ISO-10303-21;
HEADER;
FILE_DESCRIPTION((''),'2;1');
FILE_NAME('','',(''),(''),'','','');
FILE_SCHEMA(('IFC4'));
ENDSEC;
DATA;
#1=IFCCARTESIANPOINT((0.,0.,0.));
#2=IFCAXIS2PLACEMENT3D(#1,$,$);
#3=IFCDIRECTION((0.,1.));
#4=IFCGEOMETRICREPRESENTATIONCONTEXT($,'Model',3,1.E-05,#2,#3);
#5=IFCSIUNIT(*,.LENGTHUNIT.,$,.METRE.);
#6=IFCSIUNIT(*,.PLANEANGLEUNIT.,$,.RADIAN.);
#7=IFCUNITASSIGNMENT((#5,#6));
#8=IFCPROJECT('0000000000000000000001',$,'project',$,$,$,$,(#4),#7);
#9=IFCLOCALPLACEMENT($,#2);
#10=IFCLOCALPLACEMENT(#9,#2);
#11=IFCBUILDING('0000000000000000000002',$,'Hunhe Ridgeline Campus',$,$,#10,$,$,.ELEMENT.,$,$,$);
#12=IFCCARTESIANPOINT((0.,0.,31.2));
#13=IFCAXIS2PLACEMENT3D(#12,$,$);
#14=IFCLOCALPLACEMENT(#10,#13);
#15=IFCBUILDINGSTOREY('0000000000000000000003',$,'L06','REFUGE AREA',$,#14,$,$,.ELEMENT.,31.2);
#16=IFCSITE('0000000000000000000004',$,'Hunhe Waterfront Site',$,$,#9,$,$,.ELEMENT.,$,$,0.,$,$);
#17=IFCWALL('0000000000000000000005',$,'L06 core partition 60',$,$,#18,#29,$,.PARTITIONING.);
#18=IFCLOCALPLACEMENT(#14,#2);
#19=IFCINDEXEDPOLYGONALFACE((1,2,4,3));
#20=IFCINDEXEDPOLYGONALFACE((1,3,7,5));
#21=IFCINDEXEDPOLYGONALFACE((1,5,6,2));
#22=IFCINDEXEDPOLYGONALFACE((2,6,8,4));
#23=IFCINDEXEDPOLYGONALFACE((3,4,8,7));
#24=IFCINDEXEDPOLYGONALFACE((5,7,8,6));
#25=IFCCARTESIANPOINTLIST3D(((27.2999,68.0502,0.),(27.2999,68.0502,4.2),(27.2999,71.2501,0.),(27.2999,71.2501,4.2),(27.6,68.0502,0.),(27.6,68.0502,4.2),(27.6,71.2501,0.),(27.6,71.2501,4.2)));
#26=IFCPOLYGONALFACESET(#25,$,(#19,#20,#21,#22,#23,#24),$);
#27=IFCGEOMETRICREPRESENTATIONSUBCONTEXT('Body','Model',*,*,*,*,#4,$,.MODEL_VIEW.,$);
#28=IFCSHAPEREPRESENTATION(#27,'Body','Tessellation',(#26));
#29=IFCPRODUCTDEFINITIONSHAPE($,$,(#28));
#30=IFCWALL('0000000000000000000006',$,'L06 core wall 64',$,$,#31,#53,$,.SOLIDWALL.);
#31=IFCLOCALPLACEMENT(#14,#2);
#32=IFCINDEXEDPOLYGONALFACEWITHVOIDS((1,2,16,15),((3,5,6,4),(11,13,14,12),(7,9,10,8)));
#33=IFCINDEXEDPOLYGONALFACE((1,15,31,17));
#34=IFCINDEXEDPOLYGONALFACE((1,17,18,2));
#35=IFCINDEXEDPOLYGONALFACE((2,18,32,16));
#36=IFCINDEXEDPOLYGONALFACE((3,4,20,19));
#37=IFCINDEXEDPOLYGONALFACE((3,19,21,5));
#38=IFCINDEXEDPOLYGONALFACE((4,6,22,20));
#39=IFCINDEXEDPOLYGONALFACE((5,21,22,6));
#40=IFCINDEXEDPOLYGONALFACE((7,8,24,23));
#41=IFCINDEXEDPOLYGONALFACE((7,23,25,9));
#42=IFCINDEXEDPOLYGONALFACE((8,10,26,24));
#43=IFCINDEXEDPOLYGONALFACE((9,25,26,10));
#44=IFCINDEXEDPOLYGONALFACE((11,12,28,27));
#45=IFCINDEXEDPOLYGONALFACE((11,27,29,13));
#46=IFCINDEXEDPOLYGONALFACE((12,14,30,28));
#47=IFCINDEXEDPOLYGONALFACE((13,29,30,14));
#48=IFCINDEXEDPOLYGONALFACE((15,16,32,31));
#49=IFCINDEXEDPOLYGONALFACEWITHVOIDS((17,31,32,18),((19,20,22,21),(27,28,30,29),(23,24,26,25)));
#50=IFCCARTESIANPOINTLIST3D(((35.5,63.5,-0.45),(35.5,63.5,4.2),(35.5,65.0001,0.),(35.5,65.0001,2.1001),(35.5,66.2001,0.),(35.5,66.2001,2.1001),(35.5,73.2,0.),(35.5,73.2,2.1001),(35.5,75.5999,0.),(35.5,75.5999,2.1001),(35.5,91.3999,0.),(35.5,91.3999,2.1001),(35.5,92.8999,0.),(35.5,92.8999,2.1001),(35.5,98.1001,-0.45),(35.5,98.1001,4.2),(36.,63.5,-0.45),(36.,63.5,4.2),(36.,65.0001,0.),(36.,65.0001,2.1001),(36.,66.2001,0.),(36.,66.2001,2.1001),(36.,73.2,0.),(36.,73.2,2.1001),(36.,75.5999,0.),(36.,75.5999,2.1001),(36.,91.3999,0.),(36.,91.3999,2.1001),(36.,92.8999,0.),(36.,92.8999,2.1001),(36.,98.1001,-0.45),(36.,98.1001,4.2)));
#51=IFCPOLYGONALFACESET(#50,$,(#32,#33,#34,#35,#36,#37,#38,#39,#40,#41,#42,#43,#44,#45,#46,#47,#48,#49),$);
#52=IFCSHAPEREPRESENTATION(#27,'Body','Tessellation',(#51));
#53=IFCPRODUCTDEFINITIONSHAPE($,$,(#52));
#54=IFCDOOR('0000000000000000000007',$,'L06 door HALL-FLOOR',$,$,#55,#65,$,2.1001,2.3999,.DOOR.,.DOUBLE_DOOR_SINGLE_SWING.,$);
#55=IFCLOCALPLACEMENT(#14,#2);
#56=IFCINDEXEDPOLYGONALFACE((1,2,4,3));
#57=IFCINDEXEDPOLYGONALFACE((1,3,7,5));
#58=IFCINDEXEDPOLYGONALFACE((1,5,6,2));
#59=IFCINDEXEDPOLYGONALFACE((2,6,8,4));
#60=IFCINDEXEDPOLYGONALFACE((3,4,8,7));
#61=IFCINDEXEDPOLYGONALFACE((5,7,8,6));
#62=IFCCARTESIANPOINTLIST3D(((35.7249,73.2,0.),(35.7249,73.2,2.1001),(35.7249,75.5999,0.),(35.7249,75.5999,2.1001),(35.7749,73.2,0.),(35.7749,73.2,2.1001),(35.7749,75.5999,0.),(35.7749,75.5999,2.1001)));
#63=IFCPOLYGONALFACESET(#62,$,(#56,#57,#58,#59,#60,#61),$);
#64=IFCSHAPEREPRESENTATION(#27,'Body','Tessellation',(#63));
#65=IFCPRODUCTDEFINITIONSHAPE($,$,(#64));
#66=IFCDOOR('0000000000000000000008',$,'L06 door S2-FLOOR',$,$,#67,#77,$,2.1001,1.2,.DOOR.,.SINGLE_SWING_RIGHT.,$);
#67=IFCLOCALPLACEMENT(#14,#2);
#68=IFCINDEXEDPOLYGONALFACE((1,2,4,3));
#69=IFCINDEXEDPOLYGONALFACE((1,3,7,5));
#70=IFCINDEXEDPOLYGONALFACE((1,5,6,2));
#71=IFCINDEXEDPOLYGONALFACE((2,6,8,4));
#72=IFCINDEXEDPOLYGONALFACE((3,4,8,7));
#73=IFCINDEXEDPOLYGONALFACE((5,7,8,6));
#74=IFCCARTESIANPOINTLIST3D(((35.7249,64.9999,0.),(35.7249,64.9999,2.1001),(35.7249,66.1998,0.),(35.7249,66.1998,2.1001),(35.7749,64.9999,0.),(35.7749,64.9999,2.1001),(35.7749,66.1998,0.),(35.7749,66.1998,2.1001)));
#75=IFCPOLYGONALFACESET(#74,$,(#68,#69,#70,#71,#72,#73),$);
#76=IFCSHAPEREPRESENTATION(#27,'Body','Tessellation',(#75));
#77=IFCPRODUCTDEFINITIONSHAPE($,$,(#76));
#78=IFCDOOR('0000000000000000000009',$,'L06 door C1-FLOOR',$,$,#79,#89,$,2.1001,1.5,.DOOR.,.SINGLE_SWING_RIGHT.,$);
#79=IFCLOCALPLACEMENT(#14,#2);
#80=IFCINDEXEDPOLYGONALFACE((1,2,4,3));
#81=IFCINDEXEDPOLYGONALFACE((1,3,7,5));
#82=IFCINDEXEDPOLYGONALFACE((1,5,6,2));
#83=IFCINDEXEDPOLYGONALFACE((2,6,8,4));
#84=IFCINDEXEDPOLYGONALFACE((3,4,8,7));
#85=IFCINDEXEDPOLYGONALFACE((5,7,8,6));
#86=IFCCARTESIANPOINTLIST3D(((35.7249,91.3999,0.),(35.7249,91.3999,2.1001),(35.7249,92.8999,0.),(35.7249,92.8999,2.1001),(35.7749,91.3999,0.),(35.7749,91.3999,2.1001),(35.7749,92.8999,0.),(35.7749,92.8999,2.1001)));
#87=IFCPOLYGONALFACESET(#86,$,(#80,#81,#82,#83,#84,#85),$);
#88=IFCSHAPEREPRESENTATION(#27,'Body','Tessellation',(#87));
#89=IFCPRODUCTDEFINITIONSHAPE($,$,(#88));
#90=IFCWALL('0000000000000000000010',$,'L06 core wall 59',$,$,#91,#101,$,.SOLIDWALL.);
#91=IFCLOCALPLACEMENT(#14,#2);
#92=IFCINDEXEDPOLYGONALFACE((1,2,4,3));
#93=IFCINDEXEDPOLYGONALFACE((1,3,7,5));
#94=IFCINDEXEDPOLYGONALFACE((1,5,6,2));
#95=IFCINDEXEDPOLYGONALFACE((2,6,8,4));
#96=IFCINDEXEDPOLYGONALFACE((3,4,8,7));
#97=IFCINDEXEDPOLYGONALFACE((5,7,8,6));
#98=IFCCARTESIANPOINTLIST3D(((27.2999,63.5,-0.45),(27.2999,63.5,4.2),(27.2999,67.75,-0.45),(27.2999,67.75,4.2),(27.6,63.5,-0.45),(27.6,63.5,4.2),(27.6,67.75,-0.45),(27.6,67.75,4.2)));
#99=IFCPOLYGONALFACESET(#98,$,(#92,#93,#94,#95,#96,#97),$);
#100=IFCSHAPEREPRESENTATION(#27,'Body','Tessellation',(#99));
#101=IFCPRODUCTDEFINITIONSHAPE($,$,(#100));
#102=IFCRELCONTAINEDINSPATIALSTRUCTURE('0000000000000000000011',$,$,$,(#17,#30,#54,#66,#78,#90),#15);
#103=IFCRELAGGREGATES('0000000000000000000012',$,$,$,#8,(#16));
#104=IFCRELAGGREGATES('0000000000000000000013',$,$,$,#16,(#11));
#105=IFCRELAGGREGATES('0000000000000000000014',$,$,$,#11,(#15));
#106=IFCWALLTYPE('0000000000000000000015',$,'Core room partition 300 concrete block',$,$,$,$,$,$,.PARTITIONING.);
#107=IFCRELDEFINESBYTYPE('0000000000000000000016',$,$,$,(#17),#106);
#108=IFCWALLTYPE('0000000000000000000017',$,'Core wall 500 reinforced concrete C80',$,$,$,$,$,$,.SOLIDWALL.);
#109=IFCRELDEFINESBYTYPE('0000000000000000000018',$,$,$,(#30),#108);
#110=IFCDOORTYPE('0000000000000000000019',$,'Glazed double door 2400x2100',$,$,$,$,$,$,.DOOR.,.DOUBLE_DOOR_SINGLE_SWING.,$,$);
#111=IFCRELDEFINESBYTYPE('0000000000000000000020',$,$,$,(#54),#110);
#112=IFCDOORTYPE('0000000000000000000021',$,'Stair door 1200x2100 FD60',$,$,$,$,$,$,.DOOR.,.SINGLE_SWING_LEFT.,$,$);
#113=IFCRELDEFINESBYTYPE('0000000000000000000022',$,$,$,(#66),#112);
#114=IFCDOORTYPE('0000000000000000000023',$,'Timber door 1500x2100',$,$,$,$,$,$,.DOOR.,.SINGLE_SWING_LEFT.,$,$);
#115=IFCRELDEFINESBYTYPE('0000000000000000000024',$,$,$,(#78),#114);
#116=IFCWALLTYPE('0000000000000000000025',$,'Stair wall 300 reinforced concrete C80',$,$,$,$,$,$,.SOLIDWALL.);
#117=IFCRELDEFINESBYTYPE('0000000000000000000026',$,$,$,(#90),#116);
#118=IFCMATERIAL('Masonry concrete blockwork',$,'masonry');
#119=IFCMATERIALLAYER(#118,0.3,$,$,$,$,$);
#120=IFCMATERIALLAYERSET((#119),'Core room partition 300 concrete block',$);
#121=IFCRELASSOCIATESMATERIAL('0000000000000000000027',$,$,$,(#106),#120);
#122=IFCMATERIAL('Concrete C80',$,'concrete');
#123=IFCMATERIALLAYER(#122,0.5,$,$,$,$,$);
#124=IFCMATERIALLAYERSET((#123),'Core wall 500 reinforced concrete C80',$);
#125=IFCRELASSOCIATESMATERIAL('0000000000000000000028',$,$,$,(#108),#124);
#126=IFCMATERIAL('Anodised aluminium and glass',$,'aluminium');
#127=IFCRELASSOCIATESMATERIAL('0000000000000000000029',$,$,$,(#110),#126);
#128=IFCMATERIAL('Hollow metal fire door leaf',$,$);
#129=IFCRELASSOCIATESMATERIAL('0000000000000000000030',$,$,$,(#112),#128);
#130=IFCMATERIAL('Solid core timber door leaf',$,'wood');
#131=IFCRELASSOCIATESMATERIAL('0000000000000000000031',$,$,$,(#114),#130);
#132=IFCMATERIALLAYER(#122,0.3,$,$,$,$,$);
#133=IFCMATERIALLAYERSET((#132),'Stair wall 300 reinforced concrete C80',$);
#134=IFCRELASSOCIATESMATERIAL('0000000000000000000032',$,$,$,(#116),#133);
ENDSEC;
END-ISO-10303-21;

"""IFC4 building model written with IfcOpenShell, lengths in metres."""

from ifc_helpers import new_model, si_unit, direction, frame, frame_2d, origin, place, context, subcontext, project, spatial, rectangle, extrude, material, layer, layer_set, type_object, element, fill, save


model = new_model("IFC4")

# Units and contexts
model_context = context("Model", 3, precision=1e-05, world=origin(), true_north=direction((0.0, 1.0)))
body_context = subcontext(model_context, "Body", "Model", "MODEL_VIEW")
ifc_project = project(units=[si_unit("LENGTHUNIT", "METRE"), si_unit("PLANEANGLEUNIT", "RADIAN")], contexts=[model_context])

# Site, building, storey
site_placement = place(None, origin())
site = spatial("IfcSite", under=ifc_project, at=site_placement, Name="Hunhe Waterfront Site", CompositionType="ELEMENT", RefElevation=0.0)
building_placement = place(site_placement, origin())
building = spatial("IfcBuilding", under=site, at=building_placement, Name="Hunhe Ridgeline Campus", CompositionType="ELEMENT")
storey_placement = place(building_placement, frame((0.0, 0.0, 31.2)))
storey = spatial("IfcBuildingStorey", under=building, at=storey_placement, Name="L06", Description="REFUGE AREA", CompositionType="ELEMENT", Elevation=31.2)

# Wall
ifc_material_1 = material(Name="Masonry concrete blockwork", Category="masonry")
ifc_layer_1 = layer(ifc_material_1, 0.3)
ifc_layer_set_1 = layer_set([ifc_layer_1], Name="Core room partition 300 concrete block")
wall_type_1 = type_object("IfcWallType", Name="Core room partition 300 concrete block", PredefinedType="PARTITIONING", material=ifc_layer_set_1)
wall_1_placement = place(storey_placement, frame((27.45, 68.05, 0.0), z_axis=(0.0, 0.0, 1.0), x_axis=(0.0, 1.0, 0.0)))
element("IfcWall", 1, at=wall_1_placement, inside=storey, type_object=wall_type_1, Name="L06 core partition 60", PredefinedType="PARTITIONING", context=body_context, shape_type="SweptSolid", body=[
    extrude(rectangle(XDim=3.2, YDim=0.3, at=frame_2d((1.6001, 0.0))), origin(), (0.0, 0.0, 1.0), 4.2),
])

# Wall, openings, doors
ifc_material_2 = material(Name="Concrete C80", Category="concrete")
ifc_layer_2 = layer(ifc_material_2, 0.5)
ifc_layer_set_2 = layer_set([ifc_layer_2], Name="Core wall 500 reinforced concrete C80")
wall_type_2 = type_object("IfcWallType", Name="Core wall 500 reinforced concrete C80", PredefinedType="SOLIDWALL", material=ifc_layer_set_2)
wall_2_placement = place(storey_placement, frame((35.75, 63.5, -0.45), z_axis=(0.0, 0.0, 1.0), x_axis=(0.0, 1.0, 0.0)))
wall_2 = element("IfcWall", 2, at=wall_2_placement, inside=storey, type_object=wall_type_2, Name="L06 core wall 64", PredefinedType="SOLIDWALL", context=body_context, shape_type="SweptSolid", body=[
    extrude(rectangle(XDim=34.6001, YDim=0.5, at=frame_2d((17.3, 0.0))), origin(), (0.0, 0.0, 1.0), 4.6499),
])
opening_1_placement = place(wall_2_placement, frame((9.7, 0.0, 0.45)))
opening_1 = element("IfcOpeningElement", 3, at=opening_1_placement, cuts=wall_2, PredefinedType="OPENING", context=body_context, shape_type="SweptSolid", body=[
    extrude(rectangle(XDim=2.3999, YDim=2.1001, at=frame_2d((1.2, 1.05))), frame((0.0, 0.25, 0.0), z_axis=(0.0, -1.0, 0.0), x_axis=(1.0, 0.0, 0.0)), (0.0, 0.0, 1.0), 0.5),
])
opening_2_placement = place(wall_2_placement, frame((27.8999, 0.0, 0.45)))
opening_2 = element("IfcOpeningElement", 4, at=opening_2_placement, cuts=wall_2, PredefinedType="OPENING", context=body_context, shape_type="SweptSolid", body=[
    extrude(rectangle(XDim=1.5, YDim=2.1001, at=frame_2d((0.75, 1.05))), frame((0.0, 0.25, 0.0), z_axis=(0.0, -1.0, 0.0), x_axis=(1.0, 0.0, 0.0)), (0.0, 0.0, 1.0), 0.5),
])
opening_3_placement = place(wall_2_placement, frame((1.5, 0.0, 0.45)))
opening_3 = element("IfcOpeningElement", 5, at=opening_3_placement, cuts=wall_2, PredefinedType="OPENING", context=body_context, shape_type="SweptSolid", body=[
    extrude(rectangle(XDim=1.2, YDim=2.1001, at=frame_2d((0.6001, 1.05))), frame((0.0, 0.25, 0.0), z_axis=(0.0, -1.0, 0.0), x_axis=(1.0, 0.0, 0.0)), (0.0, 0.0, 1.0), 0.5),
])
ifc_material_3 = material(Name="Anodised aluminium and glass", Category="aluminium")
door_type_1 = type_object("IfcDoorType", Name="Glazed double door 2400x2100", OperationType="DOUBLE_DOOR_SINGLE_SWING", PredefinedType="DOOR", material=ifc_material_3)
door_1_placement = place(opening_1_placement, frame((2.3999, 0.0, 0.0), z_axis=(0.0, 0.0, 1.0), x_axis=(-1.0, 0.0, 0.0)))
door_1 = element("IfcDoor", 6, at=door_1_placement, inside=storey, type_object=door_type_1, Name="L06 door HALL-FLOOR", OperationType="DOUBLE_DOOR_SINGLE_SWING", OverallHeight=2.1001, OverallWidth=2.3999, PredefinedType="DOOR", context=body_context, shape_type="SweptSolid", body=[
    extrude(rectangle(XDim=2.3999, YDim=2.1001, at=frame_2d((1.2, 1.05))), frame((0.0, 0.0249, 0.0), z_axis=(0.0, -1.0, 0.0), x_axis=(1.0, 0.0, 0.0)), (0.0, 0.0, 1.0), 0.05),
])
fill(opening_1, door_1)
ifc_material_4 = material(Name="Hollow metal fire door leaf")
door_type_2 = type_object("IfcDoorType", Name="Stair door 1200x2100 FD60", OperationType="SINGLE_SWING_LEFT", PredefinedType="DOOR", material=ifc_material_4)
door_2_placement = place(opening_3_placement, frame((1.2, 0.0, 0.0), z_axis=(0.0, 0.0, 1.0), x_axis=(-1.0, 0.0, 0.0)))
door_2 = element("IfcDoor", 7, at=door_2_placement, inside=storey, type_object=door_type_2, Name="L06 door S2-FLOOR", OperationType="SINGLE_SWING_RIGHT", OverallHeight=2.1001, OverallWidth=1.2, PredefinedType="DOOR", context=body_context, shape_type="SweptSolid", body=[
    extrude(rectangle(XDim=1.2, YDim=2.1001, at=frame_2d((0.6001, 1.05))), frame((0.0, 0.0249, 0.0), z_axis=(0.0, -1.0, 0.0), x_axis=(1.0, 0.0, 0.0)), (0.0, 0.0, 1.0), 0.05),
])
fill(opening_3, door_2)
ifc_material_5 = material(Name="Solid core timber door leaf", Category="wood")
door_type_3 = type_object("IfcDoorType", Name="Timber door 1500x2100", OperationType="SINGLE_SWING_LEFT", PredefinedType="DOOR", material=ifc_material_5)
door_3_placement = place(opening_2_placement, frame((1.5, 0.0, 0.0), z_axis=(0.0, 0.0, 1.0), x_axis=(-1.0, 0.0, 0.0)))
door_3 = element("IfcDoor", 8, at=door_3_placement, inside=storey, type_object=door_type_3, Name="L06 door C1-FLOOR", OperationType="SINGLE_SWING_RIGHT", OverallHeight=2.1001, OverallWidth=1.5, PredefinedType="DOOR", context=body_context, shape_type="SweptSolid", body=[
    extrude(rectangle(XDim=1.5, YDim=2.1001, at=frame_2d((0.75, 1.05))), frame((0.0, 0.0249, 0.0), z_axis=(0.0, -1.0, 0.0), x_axis=(1.0, 0.0, 0.0)), (0.0, 0.0, 1.0), 0.05),
])
fill(opening_2, door_3)

# Wall
ifc_layer_3 = layer(ifc_material_2, 0.3)
ifc_layer_set_3 = layer_set([ifc_layer_3], Name="Stair wall 300 reinforced concrete C80")
wall_type_3 = type_object("IfcWallType", Name="Stair wall 300 reinforced concrete C80", PredefinedType="SOLIDWALL", material=ifc_layer_set_3)
wall_3_placement = place(storey_placement, frame((27.45, 63.5, -0.45), z_axis=(0.0, 0.0, 1.0), x_axis=(0.0, 1.0, 0.0)))
element("IfcWall", 9, at=wall_3_placement, inside=storey, type_object=wall_type_3, Name="L06 core wall 59", PredefinedType="SOLIDWALL", context=body_context, shape_type="SweptSolid", body=[
    extrude(rectangle(XDim=4.25, YDim=0.3, at=frame_2d((2.125, 0.0))), origin(), (0.0, 0.0, 1.0), 4.6499),
])

save(model, "model.ifc")
